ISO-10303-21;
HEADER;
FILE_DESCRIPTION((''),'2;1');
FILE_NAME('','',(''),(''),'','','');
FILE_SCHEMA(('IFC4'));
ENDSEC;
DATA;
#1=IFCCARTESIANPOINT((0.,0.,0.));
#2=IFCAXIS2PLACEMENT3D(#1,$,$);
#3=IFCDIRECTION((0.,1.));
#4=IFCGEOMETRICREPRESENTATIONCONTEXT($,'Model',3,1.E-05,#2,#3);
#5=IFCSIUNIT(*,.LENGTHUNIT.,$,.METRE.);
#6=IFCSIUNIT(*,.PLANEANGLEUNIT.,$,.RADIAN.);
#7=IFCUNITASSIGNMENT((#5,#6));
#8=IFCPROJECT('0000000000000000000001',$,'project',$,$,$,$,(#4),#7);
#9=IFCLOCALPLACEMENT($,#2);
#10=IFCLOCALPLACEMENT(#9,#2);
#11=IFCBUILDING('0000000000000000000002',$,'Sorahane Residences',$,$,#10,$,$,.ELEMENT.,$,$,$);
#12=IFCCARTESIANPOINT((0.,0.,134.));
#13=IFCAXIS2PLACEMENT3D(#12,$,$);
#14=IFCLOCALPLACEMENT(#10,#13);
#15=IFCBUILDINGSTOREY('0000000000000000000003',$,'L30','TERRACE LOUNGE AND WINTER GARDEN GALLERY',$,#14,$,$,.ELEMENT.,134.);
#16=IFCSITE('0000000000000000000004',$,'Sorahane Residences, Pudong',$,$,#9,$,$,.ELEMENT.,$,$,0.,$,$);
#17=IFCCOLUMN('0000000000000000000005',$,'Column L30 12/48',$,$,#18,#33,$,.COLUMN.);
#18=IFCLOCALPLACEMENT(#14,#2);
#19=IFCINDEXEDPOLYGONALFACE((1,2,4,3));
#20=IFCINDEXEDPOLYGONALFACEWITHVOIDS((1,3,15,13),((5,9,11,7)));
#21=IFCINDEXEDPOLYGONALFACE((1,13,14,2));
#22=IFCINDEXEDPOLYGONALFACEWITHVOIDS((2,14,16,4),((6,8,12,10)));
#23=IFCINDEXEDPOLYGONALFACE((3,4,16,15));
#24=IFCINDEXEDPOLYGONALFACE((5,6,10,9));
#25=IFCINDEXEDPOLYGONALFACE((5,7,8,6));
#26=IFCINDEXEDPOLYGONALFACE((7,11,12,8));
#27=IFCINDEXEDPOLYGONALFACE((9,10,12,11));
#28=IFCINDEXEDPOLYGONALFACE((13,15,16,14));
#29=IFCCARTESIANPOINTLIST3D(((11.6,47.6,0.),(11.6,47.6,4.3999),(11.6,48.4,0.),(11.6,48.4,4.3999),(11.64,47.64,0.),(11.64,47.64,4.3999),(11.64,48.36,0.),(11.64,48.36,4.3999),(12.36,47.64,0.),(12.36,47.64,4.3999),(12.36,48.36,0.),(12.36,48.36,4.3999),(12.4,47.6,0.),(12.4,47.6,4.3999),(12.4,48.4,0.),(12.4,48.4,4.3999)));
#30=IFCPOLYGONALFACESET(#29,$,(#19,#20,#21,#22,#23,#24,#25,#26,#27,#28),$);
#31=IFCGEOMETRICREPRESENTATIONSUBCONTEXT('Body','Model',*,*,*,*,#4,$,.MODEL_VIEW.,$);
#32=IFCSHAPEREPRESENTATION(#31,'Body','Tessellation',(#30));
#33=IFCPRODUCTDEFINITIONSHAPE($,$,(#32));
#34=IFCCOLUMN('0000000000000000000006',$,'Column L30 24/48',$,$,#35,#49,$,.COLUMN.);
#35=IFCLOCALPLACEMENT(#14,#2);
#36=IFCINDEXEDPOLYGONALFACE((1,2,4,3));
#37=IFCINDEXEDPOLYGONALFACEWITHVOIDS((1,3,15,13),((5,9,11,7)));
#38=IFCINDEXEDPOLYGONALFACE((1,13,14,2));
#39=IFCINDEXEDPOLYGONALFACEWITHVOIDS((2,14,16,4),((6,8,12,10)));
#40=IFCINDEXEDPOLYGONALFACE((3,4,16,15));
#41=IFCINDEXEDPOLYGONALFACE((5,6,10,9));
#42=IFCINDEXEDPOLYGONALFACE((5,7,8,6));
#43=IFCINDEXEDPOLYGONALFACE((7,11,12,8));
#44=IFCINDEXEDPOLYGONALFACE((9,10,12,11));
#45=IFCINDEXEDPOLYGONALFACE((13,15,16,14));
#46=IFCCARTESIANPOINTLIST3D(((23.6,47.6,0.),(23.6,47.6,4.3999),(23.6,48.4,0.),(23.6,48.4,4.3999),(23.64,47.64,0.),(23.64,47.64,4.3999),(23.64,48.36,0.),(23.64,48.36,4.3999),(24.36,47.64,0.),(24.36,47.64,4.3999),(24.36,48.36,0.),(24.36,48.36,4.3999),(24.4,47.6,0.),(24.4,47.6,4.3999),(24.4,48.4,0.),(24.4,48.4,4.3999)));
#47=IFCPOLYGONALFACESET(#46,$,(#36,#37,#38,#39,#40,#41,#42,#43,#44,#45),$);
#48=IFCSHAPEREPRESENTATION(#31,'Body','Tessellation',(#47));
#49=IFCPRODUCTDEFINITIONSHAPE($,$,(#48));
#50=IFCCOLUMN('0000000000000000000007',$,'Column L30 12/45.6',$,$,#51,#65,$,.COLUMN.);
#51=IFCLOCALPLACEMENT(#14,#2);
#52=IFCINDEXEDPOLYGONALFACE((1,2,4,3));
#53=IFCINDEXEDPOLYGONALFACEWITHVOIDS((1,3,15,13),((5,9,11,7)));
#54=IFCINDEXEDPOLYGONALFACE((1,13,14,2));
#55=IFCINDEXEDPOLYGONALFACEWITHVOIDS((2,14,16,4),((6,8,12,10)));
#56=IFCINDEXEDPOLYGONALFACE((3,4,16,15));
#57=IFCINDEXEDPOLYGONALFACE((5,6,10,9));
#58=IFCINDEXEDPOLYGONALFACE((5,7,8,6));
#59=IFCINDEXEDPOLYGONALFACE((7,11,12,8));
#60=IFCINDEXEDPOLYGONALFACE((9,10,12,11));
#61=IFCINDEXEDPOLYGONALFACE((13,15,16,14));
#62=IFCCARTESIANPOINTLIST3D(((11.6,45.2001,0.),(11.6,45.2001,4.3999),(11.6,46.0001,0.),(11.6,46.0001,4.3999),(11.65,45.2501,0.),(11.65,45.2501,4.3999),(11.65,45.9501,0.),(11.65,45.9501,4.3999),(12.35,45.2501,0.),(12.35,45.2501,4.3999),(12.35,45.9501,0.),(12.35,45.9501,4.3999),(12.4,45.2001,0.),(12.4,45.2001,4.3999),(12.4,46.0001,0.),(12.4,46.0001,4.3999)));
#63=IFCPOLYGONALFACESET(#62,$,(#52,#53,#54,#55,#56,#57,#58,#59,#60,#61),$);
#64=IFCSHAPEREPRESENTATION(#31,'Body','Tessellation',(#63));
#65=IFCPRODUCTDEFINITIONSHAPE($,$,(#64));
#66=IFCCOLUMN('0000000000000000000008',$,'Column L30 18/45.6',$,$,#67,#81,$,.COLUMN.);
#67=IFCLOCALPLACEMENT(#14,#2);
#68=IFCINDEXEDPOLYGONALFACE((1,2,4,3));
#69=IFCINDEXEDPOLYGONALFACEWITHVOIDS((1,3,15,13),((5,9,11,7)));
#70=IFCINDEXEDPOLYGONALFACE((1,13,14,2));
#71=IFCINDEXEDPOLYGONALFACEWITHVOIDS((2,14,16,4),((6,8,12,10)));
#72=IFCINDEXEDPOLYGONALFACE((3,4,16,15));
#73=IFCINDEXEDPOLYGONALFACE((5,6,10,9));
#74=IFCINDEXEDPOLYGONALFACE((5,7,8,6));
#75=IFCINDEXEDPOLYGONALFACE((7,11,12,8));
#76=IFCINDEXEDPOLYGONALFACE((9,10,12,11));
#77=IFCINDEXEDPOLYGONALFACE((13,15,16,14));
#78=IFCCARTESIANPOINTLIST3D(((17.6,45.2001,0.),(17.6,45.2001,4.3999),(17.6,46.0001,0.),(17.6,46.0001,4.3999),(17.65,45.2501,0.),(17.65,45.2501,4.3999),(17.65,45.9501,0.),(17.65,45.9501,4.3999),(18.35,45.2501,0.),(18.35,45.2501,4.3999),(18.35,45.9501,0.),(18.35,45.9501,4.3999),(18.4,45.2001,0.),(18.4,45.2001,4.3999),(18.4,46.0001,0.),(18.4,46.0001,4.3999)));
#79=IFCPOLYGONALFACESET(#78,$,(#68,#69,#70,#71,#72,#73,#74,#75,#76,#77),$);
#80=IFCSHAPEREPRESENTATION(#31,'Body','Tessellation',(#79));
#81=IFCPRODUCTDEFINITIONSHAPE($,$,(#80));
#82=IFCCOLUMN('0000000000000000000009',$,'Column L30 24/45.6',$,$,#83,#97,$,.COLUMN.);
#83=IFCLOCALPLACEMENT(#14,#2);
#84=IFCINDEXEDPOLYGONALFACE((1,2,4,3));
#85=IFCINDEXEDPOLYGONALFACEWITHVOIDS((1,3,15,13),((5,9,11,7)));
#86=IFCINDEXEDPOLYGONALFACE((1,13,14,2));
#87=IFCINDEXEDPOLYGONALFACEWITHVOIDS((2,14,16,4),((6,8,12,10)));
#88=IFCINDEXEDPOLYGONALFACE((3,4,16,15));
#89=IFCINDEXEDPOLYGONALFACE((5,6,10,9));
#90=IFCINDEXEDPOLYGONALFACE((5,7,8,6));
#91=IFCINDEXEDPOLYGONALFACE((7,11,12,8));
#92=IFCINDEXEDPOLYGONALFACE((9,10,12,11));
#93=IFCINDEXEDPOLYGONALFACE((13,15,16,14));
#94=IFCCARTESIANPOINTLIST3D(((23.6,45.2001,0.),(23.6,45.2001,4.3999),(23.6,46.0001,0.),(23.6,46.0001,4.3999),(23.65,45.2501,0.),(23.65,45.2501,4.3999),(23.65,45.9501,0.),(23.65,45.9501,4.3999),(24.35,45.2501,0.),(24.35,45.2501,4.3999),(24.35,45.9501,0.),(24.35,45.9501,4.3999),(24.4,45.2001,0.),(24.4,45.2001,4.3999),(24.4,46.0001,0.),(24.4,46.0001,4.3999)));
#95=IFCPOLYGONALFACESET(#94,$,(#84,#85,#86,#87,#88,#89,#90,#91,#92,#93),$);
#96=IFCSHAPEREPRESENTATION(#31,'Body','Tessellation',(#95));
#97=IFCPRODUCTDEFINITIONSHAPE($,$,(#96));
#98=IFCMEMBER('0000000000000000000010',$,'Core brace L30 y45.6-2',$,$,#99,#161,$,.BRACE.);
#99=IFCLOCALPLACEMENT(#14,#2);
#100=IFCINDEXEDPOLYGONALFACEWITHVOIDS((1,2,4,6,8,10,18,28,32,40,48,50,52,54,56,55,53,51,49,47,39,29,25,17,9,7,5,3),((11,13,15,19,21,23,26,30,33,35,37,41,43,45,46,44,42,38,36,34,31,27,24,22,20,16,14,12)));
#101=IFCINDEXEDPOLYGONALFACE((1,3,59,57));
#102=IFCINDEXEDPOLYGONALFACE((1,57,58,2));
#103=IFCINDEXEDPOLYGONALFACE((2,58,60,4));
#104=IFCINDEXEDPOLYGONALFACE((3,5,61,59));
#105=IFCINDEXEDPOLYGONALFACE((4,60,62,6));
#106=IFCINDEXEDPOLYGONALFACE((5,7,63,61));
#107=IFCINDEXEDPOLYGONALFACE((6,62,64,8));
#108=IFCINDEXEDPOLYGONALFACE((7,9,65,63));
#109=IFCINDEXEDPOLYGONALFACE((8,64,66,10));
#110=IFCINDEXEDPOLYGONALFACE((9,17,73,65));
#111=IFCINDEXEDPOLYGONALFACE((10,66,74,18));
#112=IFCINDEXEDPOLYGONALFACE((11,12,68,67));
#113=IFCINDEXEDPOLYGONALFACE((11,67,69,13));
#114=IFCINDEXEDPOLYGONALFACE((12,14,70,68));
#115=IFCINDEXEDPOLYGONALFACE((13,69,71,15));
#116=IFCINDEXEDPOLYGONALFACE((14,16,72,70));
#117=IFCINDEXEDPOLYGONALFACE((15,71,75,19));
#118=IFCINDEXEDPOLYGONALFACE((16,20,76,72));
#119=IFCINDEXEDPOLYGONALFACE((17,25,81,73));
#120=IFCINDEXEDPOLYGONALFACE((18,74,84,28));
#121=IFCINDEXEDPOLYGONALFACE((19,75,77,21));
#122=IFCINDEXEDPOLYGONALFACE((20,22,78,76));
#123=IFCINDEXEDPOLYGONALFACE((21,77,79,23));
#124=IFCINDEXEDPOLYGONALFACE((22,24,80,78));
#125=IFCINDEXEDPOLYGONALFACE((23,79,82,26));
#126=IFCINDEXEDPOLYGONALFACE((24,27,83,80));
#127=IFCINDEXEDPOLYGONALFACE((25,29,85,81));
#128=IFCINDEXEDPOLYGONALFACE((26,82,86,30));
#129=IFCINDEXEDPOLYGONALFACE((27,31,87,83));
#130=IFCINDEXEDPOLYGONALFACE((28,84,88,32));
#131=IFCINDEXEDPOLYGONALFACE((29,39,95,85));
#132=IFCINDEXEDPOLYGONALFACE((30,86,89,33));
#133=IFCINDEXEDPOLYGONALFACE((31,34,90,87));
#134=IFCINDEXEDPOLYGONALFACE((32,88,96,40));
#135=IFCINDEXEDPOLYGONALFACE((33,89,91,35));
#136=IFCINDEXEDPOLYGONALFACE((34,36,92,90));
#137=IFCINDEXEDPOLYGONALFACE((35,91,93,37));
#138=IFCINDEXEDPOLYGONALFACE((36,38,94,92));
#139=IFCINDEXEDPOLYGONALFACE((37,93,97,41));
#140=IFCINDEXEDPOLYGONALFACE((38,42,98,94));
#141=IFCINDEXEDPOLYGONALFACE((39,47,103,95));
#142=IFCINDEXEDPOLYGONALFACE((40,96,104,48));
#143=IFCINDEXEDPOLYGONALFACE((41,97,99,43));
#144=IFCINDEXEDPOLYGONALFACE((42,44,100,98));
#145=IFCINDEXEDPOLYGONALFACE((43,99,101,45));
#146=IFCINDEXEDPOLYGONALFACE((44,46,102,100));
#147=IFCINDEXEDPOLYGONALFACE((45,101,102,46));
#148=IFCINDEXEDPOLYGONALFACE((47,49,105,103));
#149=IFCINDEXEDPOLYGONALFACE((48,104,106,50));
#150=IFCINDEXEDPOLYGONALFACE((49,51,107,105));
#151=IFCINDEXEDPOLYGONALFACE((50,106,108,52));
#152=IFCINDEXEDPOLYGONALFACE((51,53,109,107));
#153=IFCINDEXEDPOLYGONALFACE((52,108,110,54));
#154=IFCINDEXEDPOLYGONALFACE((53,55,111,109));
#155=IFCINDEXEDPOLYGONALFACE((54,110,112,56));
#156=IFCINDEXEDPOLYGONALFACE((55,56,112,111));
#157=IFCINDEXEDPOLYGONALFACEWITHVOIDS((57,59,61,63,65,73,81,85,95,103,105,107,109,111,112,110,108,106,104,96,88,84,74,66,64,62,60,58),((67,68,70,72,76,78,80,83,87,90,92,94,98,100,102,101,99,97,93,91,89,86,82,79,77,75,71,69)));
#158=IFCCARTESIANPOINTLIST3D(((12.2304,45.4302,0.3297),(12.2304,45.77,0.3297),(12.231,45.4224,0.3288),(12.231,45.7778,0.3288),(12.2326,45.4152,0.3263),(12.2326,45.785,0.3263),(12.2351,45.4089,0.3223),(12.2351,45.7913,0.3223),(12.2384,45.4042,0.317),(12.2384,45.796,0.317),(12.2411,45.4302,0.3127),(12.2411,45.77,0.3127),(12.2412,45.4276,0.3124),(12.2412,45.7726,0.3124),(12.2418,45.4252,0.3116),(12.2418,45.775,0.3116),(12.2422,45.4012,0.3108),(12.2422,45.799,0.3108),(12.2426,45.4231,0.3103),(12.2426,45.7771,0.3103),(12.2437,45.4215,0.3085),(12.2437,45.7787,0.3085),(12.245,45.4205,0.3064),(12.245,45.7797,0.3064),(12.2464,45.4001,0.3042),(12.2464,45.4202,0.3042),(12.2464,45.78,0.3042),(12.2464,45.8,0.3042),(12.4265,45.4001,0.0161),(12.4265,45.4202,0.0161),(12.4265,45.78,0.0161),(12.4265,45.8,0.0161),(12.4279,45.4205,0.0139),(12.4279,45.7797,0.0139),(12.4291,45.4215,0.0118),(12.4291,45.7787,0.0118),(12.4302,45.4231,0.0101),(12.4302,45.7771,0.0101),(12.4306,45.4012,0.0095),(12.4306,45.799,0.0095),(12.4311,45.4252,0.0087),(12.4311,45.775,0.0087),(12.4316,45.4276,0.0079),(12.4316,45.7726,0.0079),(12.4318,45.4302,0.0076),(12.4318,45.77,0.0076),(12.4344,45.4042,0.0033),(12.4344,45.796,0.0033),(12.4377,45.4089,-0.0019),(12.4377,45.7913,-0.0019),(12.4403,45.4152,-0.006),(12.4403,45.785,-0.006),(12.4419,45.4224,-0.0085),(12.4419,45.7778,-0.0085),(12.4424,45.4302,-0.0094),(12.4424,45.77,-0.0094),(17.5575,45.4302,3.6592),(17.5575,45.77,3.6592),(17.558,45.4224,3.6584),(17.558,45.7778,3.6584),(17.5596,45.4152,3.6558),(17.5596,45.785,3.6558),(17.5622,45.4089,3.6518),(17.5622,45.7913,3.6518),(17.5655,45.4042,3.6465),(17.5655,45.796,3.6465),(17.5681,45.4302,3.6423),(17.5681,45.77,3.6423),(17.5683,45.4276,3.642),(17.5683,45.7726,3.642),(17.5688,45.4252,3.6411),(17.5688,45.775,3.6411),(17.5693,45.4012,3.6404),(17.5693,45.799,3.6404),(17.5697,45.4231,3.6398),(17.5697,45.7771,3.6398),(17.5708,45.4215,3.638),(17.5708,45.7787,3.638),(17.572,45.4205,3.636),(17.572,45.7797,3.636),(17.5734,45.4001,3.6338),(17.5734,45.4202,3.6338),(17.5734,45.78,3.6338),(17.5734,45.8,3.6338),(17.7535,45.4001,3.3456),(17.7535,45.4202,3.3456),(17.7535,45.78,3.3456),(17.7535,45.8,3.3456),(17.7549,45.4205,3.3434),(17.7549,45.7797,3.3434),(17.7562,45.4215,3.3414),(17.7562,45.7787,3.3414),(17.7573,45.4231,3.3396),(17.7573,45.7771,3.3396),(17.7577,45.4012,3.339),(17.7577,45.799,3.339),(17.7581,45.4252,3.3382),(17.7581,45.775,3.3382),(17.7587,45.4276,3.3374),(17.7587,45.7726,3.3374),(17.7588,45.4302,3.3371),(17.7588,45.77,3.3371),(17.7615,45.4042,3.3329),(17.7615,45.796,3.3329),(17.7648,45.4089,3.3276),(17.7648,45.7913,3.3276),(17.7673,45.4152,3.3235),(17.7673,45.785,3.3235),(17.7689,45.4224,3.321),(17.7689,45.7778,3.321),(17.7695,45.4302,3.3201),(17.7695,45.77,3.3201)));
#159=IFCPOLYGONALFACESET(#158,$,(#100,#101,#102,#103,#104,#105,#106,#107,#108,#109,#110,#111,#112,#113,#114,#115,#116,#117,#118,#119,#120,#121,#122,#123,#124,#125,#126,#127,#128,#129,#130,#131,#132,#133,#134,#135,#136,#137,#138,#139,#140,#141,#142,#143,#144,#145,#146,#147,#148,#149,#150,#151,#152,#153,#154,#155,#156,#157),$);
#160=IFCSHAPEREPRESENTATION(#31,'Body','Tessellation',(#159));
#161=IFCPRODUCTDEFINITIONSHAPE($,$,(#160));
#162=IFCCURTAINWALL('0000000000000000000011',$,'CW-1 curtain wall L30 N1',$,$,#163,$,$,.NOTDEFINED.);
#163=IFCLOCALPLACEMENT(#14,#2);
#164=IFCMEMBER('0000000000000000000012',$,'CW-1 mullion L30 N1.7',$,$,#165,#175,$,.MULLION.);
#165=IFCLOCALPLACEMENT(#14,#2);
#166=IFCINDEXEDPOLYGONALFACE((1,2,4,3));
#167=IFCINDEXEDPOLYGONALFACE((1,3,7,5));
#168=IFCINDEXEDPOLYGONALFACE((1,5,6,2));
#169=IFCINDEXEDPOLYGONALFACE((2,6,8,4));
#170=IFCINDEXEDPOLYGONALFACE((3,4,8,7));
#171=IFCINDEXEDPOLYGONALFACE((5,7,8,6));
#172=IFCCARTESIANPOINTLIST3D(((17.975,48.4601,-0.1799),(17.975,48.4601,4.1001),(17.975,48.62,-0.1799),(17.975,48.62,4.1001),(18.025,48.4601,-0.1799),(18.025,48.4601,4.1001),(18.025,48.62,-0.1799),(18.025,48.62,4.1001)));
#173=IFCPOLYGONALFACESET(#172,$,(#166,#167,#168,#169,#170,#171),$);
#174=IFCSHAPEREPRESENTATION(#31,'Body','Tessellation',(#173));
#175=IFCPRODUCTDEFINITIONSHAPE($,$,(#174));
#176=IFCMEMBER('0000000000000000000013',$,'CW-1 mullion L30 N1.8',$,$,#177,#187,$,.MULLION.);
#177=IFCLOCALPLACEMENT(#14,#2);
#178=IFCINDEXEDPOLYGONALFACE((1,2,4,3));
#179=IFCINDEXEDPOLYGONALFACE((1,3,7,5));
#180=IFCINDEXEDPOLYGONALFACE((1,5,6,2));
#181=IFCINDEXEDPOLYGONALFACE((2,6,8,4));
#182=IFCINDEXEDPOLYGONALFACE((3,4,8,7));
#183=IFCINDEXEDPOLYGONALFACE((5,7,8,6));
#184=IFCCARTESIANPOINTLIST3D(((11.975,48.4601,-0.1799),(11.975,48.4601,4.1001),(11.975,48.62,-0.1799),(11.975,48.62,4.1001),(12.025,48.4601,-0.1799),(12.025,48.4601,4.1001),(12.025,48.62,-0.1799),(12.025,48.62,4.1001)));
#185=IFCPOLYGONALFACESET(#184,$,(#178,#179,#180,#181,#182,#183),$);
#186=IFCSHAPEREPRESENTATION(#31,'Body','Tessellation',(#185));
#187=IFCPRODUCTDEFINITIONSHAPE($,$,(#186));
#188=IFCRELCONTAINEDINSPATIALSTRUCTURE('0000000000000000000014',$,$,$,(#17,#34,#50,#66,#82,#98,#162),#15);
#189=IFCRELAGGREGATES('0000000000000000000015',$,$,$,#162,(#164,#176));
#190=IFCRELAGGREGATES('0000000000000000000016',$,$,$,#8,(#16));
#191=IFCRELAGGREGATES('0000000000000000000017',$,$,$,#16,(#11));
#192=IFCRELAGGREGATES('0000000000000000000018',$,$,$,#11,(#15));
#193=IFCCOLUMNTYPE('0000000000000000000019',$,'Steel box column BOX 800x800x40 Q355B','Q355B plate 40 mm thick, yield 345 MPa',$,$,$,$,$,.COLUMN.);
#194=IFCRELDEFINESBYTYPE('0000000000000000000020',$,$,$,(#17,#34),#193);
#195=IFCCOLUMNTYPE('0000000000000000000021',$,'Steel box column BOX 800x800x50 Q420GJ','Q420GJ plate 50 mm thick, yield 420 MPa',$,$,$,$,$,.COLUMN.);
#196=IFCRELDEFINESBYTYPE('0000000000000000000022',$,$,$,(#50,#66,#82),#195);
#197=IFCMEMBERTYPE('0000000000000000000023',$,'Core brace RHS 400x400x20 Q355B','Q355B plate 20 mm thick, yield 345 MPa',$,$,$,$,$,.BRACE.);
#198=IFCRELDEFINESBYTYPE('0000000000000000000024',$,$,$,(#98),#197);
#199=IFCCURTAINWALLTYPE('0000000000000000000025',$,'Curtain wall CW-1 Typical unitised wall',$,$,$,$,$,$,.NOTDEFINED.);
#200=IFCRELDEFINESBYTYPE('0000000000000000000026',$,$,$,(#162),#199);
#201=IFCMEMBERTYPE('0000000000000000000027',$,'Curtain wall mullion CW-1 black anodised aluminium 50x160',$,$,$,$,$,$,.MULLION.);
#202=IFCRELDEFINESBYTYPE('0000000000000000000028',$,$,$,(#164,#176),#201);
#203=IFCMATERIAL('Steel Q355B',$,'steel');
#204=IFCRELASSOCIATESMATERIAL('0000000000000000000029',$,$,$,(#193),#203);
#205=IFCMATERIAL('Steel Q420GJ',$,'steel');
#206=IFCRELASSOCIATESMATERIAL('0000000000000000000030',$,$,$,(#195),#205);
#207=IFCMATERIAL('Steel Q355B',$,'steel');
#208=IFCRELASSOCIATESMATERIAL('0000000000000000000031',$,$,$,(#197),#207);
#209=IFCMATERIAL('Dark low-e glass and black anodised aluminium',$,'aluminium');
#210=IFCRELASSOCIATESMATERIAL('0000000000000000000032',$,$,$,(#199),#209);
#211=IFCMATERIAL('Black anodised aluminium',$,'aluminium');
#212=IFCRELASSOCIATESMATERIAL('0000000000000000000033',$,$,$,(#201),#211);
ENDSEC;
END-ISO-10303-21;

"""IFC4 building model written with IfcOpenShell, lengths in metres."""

from ifc_helpers import new_model, si_unit, direction, frame, origin, origin_2d, place, context, subcontext, project, spatial, rectangle, hollow_rectangle, extrude, material, material_profile, profile_set, type_object, element, aggregate, save


model = new_model("IFC4")

# Units and contexts
model_context = context("Model", 3, precision=1e-05, world=origin(), true_north=direction((0.0, 1.0)))
body_context = subcontext(model_context, "Body", "Model", "MODEL_VIEW")
ifc_project = project(units=[si_unit("LENGTHUNIT", "METRE"), si_unit("PLANEANGLEUNIT", "RADIAN")], contexts=[model_context])

# Site, building, storey
site_placement = place(None, origin())
site = spatial("IfcSite", under=ifc_project, at=site_placement, Name="Sorahane Residences, Pudong", CompositionType="ELEMENT", RefElevation=0.0)
building_placement = place(site_placement, origin())
building = spatial("IfcBuilding", under=site, at=building_placement, Name="Sorahane Residences", CompositionType="ELEMENT")
storey_placement = place(building_placement, frame((0.0, 0.0, 134.0)))
storey = spatial("IfcBuildingStorey", under=building, at=storey_placement, Name="L30", Description="TERRACE LOUNGE AND WINTER GARDEN GALLERY", CompositionType="ELEMENT", Elevation=134.0)

# Columns
ifc_material_1 = material(Name="Steel Q355B", Category="steel")
ifc_material_profile_1 = material_profile(ifc_material_1, hollow_rectangle(XDim=0.8, YDim=0.8, WallThickness=0.04, at=origin_2d()), Name="BOX 800x800x40")
ifc_profile_set_1 = profile_set([ifc_material_profile_1], Name="Steel Q355B")
column_type_1 = type_object("IfcColumnType", Name="Steel box column BOX 800x800x40 Q355B", Description="Q355B plate 40 mm thick, yield 345 MPa", PredefinedType="COLUMN", material=ifc_profile_set_1)
for number, where, z_axis, x_axis, name in (
    (1, (12.0, 48.0, 0.0), (0.0, 0.0, 1.0), (1.0, 0.0, 0.0), "Column L30 12/48"),
    (2, (24.0, 48.0, 0.0), (0.0, 0.0, 1.0), (1.0, 0.0, 0.0), "Column L30 24/48"),
):
    element("IfcColumn", number, at=place(storey_placement, frame(where, z_axis=z_axis, x_axis=x_axis)), inside=storey, type_object=column_type_1, Name=name, PredefinedType="COLUMN", context=body_context, shape_type="SweptSolid", body=[
        extrude(hollow_rectangle(XDim=0.8, YDim=0.8, WallThickness=0.04, at=origin_2d()), origin(), (0.0, 0.0, 1.0), 4.3999),
    ])
ifc_material_2 = material(Name="Steel Q420GJ", Category="steel")
ifc_material_profile_2 = material_profile(ifc_material_2, hollow_rectangle(XDim=0.8, YDim=0.8, WallThickness=0.05, at=origin_2d()), Name="BOX 800x800x50")
ifc_profile_set_2 = profile_set([ifc_material_profile_2], Name="Steel Q420GJ")
column_type_2 = type_object("IfcColumnType", Name="Steel box column BOX 800x800x50 Q420GJ", Description="Q420GJ plate 50 mm thick, yield 420 MPa", PredefinedType="COLUMN", material=ifc_profile_set_2)
for number, where, z_axis, x_axis, name in (
    (3, (12.0, 45.6001, 0.0), (0.0, 0.0, 1.0), (1.0, 0.0, 0.0), "Column L30 12/45.6"),
    (4, (18.0, 45.6001, 0.0), (0.0, 0.0, 1.0), (1.0, 0.0, 0.0), "Column L30 18/45.6"),
    (5, (24.0, 45.6001, 0.0), (0.0, 0.0, 1.0), (1.0, 0.0, 0.0), "Column L30 24/45.6"),
):
    element("IfcColumn", number, at=place(storey_placement, frame(where, z_axis=z_axis, x_axis=x_axis)), inside=storey, type_object=column_type_2, Name=name, PredefinedType="COLUMN", context=body_context, shape_type="SweptSolid", body=[
        extrude(hollow_rectangle(XDim=0.8, YDim=0.8, WallThickness=0.05, at=origin_2d()), origin(), (0.0, 0.0, 1.0), 4.3999),
    ])

# Member
ifc_material_3 = material(Name="Steel Q355B", Category="steel")
ifc_material_profile_3 = material_profile(ifc_material_3, hollow_rectangle(XDim=0.3999, YDim=0.3999, WallThickness=0.02, InnerFilletRadius=0.01, OuterFilletRadius=0.03, at=origin_2d()), Name="RHS 400x400x20")
ifc_profile_set_3 = profile_set([ifc_material_profile_3], Name="Steel Q355B")
member_type_1 = type_object("IfcMemberType", Name="Core brace RHS 400x400x20 Q355B", Description="Q355B plate 20 mm thick, yield 345 MPa", PredefinedType="BRACE", material=ifc_profile_set_3)
member_1_placement = place(storey_placement, frame((12.3364, 45.6001, 0.1602), z_axis=(0.84799, 0.0, 0.530013), x_axis=(0.0, 1.0, 0.0)))
element("IfcMember", 6, at=member_1_placement, inside=storey, type_object=member_type_1, Name="Core brace L30 y45.6-2", PredefinedType="BRACE", context=body_context, shape_type="SweptSolid", body=[
    extrude(hollow_rectangle(XDim=0.3999, YDim=0.3999, WallThickness=0.02, InnerFilletRadius=0.01, OuterFilletRadius=0.03, at=origin_2d()), origin(), (0.0, 0.0, 1.0), 6.282),
])

# Curtain wall, members
ifc_material_4 = material(Name="Dark low-e glass and black anodised aluminium", Category="aluminium")
curtain_wall_type = type_object("IfcCurtainWallType", Name="Curtain wall CW-1 Typical unitised wall", PredefinedType="NOTDEFINED", material=ifc_material_4)
curtain_wall_placement = place(storey_placement, origin())
curtain_wall = element("IfcCurtainWall", 7, at=curtain_wall_placement, inside=storey, type_object=curtain_wall_type, Name="CW-1 curtain wall L30 N1", PredefinedType="NOTDEFINED")
ifc_material_5 = material(Name="Black anodised aluminium", Category="aluminium")
ifc_material_profile_4 = material_profile(ifc_material_5, rectangle(XDim=0.1599, YDim=0.05, at=origin_2d()), Name="Curtain wall mullion CW-1 black anodised aluminium 50x160")
ifc_profile_set_4 = profile_set([ifc_material_profile_4], Name="Black anodised aluminium")
member_type_2 = type_object("IfcMemberType", Name="Curtain wall mullion CW-1 black anodised aluminium 50x160", PredefinedType="MULLION", material=ifc_profile_set_4)
member_2_placement = place(storey_placement, frame((18.0, 48.54, -0.1799), z_axis=(0.0, 0.0, 1.0), x_axis=(0.0, 1.0, 0.0)))
member_2 = element("IfcMember", 8, at=member_2_placement, type_object=member_type_2, Name="CW-1 mullion L30 N1.7", PredefinedType="MULLION", context=body_context, shape_type="SweptSolid", body=[
    extrude(rectangle(XDim=0.1599, YDim=0.05, at=origin_2d()), origin(), (0.0, 0.0, 1.0), 4.28),
])
member_3_placement = place(storey_placement, frame((12.0, 48.54, -0.1799), z_axis=(0.0, 0.0, 1.0), x_axis=(0.0, 1.0, 0.0)))
member_3 = element("IfcMember", 9, at=member_3_placement, type_object=member_type_2, Name="CW-1 mullion L30 N1.8", PredefinedType="MULLION", context=body_context, shape_type="SweptSolid", body=[
    extrude(rectangle(XDim=0.1599, YDim=0.05, at=origin_2d()), origin(), (0.0, 0.0, 1.0), 4.28),
])

aggregate(curtain_wall, [member_2, member_3])

save(model, "model.ifc")
